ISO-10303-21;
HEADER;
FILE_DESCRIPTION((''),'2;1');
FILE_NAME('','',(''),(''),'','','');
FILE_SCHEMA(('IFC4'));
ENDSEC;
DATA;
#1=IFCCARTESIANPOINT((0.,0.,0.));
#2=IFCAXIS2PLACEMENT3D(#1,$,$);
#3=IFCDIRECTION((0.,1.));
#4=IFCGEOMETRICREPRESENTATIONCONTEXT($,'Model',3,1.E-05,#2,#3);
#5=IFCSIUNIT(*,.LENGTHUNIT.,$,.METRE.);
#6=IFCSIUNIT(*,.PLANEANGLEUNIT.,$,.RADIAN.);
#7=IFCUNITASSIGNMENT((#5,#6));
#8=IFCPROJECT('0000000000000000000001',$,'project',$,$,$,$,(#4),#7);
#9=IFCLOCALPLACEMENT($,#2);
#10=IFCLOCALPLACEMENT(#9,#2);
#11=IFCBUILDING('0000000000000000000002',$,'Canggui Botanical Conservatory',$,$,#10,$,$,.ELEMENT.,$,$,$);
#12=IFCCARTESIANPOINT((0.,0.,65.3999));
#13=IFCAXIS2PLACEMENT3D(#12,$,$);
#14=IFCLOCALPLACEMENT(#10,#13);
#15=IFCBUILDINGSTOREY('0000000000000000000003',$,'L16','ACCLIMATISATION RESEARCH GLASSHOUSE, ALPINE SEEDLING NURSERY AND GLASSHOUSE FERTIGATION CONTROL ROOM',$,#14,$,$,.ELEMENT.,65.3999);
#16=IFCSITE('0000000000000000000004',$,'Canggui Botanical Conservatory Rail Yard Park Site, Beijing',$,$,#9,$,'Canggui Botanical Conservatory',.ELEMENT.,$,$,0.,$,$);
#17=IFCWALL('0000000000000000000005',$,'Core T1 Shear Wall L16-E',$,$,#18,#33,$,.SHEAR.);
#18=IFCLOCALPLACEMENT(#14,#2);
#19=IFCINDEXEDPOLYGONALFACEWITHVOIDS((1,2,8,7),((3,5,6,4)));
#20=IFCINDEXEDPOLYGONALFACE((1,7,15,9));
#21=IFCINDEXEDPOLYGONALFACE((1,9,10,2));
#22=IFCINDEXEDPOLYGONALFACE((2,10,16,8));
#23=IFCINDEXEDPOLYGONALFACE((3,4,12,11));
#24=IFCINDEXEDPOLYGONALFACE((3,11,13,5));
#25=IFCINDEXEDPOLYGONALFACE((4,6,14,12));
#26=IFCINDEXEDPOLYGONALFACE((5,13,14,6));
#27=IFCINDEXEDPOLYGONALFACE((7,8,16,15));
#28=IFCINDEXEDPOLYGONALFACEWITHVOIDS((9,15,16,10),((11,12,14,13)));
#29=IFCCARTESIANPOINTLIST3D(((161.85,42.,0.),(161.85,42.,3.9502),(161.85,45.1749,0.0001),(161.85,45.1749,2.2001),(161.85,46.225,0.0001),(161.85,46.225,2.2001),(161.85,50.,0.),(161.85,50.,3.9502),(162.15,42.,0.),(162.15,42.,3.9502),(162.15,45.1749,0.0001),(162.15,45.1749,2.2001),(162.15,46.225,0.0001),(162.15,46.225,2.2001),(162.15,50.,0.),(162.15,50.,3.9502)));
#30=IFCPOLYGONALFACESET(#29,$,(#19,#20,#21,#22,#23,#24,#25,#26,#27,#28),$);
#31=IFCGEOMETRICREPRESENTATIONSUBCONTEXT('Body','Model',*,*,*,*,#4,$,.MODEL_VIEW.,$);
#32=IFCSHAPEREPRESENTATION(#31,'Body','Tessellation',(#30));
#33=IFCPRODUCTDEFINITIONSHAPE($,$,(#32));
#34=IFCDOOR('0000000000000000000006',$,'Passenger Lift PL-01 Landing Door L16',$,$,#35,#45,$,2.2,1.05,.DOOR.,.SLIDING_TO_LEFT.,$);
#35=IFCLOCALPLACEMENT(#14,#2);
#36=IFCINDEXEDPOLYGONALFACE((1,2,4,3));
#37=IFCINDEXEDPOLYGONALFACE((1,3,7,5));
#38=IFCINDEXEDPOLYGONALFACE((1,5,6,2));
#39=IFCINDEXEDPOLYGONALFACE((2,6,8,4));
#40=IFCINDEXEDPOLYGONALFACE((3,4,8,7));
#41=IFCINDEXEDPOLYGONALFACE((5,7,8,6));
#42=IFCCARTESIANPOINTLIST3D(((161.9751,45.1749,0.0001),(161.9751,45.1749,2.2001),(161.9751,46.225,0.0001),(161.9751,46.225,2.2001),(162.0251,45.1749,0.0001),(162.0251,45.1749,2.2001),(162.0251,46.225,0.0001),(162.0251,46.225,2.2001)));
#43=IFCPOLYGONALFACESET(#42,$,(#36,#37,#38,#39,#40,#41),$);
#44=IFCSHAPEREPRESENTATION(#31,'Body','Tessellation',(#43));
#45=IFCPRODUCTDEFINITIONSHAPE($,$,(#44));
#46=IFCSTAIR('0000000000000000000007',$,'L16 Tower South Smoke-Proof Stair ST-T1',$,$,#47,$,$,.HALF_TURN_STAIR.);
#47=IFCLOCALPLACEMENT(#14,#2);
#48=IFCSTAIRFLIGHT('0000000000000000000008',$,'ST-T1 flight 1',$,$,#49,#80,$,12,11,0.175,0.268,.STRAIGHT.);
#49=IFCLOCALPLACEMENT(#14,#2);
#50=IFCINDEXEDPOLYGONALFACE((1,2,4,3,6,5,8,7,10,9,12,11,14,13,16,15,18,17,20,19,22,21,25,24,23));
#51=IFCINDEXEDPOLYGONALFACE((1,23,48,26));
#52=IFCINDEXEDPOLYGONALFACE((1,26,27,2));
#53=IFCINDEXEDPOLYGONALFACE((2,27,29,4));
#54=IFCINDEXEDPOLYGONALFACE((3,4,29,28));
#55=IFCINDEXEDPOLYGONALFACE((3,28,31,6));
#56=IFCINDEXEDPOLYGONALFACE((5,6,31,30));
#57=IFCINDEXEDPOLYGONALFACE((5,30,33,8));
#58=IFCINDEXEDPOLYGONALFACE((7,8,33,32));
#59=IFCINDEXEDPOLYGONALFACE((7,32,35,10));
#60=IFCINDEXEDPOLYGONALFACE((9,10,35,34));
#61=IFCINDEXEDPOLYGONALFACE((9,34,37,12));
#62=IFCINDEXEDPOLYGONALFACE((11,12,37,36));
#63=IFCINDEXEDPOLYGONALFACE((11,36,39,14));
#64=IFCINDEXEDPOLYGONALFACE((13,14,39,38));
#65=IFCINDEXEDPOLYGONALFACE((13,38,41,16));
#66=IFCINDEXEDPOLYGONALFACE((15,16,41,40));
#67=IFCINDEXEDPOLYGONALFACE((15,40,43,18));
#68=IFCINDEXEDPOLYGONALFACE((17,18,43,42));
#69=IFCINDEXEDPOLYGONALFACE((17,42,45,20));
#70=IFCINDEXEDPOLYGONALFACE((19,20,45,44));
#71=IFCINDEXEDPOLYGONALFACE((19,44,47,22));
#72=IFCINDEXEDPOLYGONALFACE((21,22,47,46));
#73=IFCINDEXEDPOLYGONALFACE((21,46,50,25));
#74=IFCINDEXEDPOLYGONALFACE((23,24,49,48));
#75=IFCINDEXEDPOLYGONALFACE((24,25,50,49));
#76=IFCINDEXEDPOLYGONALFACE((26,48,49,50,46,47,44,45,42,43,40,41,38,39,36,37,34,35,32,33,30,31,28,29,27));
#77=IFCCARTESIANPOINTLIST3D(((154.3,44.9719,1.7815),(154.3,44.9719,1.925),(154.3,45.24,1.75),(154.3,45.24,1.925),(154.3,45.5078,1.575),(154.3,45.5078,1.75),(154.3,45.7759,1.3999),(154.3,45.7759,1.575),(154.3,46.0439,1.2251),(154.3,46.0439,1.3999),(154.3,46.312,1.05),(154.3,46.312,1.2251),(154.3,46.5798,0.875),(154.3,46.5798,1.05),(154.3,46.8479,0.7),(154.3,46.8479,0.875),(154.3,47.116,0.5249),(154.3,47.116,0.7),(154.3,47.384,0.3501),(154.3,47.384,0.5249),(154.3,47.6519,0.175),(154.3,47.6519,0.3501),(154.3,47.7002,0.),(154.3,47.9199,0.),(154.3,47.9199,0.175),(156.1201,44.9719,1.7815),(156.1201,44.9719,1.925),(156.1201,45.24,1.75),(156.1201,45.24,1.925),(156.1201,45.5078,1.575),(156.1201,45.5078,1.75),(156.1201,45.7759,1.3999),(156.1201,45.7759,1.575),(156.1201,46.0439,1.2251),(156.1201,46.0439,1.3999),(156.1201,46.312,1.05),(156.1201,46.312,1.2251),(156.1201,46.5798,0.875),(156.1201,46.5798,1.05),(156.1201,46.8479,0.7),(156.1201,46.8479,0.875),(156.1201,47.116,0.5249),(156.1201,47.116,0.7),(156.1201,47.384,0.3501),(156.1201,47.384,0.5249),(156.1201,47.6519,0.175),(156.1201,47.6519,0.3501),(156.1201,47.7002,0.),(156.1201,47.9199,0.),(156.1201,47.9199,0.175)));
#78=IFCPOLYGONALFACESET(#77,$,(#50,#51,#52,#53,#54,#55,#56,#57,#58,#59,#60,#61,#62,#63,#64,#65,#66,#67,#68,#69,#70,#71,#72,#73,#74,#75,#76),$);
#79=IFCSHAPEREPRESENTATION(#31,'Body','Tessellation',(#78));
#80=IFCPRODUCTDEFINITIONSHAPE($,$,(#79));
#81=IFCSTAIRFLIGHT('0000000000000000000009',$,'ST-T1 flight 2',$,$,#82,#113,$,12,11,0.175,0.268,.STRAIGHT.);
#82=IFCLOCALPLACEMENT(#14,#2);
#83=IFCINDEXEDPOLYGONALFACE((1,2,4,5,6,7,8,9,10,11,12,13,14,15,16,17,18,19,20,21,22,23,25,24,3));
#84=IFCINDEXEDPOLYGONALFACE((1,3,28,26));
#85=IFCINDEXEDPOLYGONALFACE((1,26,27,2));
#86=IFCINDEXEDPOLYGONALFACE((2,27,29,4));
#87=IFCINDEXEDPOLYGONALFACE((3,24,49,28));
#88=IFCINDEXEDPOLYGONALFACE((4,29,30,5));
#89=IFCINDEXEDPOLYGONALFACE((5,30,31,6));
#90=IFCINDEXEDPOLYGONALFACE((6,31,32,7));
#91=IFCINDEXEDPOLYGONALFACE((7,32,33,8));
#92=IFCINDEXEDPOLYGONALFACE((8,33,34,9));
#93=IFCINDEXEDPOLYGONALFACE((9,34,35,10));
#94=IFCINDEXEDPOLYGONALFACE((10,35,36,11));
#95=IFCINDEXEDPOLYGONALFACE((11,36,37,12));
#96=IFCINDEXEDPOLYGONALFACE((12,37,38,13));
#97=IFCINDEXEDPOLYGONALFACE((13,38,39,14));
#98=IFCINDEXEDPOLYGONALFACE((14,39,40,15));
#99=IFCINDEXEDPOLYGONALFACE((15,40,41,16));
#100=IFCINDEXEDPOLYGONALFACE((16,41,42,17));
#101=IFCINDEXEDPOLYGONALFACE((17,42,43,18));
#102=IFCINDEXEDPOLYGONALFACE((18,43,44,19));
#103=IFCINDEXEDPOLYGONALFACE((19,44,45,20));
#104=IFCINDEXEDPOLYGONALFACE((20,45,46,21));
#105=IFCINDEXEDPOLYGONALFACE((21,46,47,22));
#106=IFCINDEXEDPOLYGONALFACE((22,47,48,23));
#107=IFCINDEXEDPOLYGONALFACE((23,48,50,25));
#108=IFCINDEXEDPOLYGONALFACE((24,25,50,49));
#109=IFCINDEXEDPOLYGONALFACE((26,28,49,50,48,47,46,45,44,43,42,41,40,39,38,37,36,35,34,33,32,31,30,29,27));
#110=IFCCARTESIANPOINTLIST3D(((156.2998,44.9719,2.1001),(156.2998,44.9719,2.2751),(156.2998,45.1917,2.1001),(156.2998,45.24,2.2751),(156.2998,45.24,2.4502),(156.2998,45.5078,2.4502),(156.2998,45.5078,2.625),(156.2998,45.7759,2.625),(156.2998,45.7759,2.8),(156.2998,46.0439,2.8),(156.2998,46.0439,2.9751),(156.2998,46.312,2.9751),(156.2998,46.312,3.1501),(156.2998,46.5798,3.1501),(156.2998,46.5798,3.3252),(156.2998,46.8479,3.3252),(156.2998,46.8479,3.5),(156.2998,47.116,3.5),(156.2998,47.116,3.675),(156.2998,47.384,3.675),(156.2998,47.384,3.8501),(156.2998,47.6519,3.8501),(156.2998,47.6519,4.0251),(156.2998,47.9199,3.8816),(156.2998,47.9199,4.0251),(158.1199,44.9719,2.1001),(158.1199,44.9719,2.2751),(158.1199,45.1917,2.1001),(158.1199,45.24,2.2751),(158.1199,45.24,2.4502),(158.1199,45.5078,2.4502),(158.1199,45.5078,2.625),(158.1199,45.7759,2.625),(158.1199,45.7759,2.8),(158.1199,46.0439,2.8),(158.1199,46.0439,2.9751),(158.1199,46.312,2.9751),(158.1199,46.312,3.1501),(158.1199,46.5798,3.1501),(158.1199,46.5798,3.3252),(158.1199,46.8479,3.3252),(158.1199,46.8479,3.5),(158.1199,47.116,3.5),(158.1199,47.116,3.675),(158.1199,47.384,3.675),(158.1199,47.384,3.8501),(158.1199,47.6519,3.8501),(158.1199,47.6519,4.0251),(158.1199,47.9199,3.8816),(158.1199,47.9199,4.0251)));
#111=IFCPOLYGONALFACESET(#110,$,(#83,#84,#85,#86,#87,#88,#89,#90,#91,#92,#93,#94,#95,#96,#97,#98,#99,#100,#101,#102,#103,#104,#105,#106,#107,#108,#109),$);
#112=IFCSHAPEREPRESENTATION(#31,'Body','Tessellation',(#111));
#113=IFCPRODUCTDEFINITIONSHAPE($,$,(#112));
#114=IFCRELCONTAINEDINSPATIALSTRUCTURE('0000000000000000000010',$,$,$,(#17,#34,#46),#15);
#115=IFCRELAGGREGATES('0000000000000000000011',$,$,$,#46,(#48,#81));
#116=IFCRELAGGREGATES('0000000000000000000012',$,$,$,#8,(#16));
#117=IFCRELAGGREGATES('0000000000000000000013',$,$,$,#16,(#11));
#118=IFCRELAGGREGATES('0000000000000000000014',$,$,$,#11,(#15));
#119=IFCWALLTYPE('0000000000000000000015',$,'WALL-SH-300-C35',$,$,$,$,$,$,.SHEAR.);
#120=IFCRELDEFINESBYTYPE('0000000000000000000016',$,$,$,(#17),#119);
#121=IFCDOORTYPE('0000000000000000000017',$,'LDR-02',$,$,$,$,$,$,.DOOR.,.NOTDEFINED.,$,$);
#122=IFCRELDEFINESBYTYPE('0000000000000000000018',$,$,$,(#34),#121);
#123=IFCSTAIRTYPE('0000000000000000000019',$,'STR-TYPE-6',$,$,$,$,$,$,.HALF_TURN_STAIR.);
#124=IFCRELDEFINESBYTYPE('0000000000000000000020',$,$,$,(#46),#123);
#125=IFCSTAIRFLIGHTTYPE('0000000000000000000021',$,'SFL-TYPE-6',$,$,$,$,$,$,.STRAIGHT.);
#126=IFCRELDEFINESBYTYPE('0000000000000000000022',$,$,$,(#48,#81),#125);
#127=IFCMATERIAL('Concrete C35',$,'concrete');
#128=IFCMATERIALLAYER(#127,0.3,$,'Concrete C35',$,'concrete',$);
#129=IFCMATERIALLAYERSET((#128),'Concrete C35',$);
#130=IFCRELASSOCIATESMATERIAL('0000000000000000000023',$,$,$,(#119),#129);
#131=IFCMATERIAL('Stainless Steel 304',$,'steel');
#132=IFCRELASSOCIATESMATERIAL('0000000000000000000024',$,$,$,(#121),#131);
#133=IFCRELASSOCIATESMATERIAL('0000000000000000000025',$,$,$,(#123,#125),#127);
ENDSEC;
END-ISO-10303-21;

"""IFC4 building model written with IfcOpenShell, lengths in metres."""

from ifc_helpers import new_model, si_unit, direction, frame, frame_2d, origin, place, context, subcontext, project, spatial, polyline, rectangle, outline, extrude, material, layer, layer_set, type_object, element, fill, aggregate, save


model = new_model("IFC4")

# Units and contexts
model_context = context("Model", 3, precision=1e-05, world=origin(), true_north=direction((0.0, 1.0)))
body_context = subcontext(model_context, "Body", "Model", "MODEL_VIEW")
ifc_project = project(units=[si_unit("LENGTHUNIT", "METRE"), si_unit("PLANEANGLEUNIT", "RADIAN")], contexts=[model_context])

# Site, building, storey
site_placement = place(None, origin())
site = spatial("IfcSite", under=ifc_project, at=site_placement, Name="Canggui Botanical Conservatory Rail Yard Park Site, Beijing", LongName="Canggui Botanical Conservatory", CompositionType="ELEMENT", RefElevation=0.0)
building_placement = place(site_placement, origin())
building = spatial("IfcBuilding", under=site, at=building_placement, Name="Canggui Botanical Conservatory", CompositionType="ELEMENT")
storey_placement = place(building_placement, frame((0.0, 0.0, 65.3999)))
storey = spatial("IfcBuildingStorey", under=building, at=storey_placement, Name="L16", Description="ACCLIMATISATION RESEARCH GLASSHOUSE, ALPINE SEEDLING NURSERY AND GLASSHOUSE FERTIGATION CONTROL ROOM", CompositionType="ELEMENT", Elevation=65.3999)

# Shared definitions
ifc_material_1 = material(Name="Concrete C35", Category="concrete")

# Wall, opening, door
ifc_layer_1 = layer(ifc_material_1, 0.3, Name="Concrete C35", Category="concrete")
ifc_layer_set_1 = layer_set([ifc_layer_1], Name="Concrete C35")
wall_type_1 = type_object("IfcWallType", Name="WALL-SH-300-C35", PredefinedType="SHEAR", material=ifc_layer_set_1)
wall_1_placement = place(storey_placement, frame((162.0, 42.0, 0.0), z_axis=(0.0, 0.0, 1.0), x_axis=(0.0, 1.0, 0.0)))
wall_1 = element("IfcWall", 1, at=wall_1_placement, inside=storey, type_object=wall_type_1, Name="Core T1 Shear Wall L16-E", PredefinedType="SHEAR", context=body_context, shape_type="SweptSolid", body=[
    extrude(rectangle(XDim=8.0, YDim=0.3, at=frame_2d((4.0, 0.0))), origin(), (0.0, 0.0, 1.0), 3.9502),
])
opening_1_placement = place(wall_1_placement, frame((3.175, 0.0, 0.0)))
opening_1 = element("IfcOpeningElement", 2, at=opening_1_placement, cuts=wall_1, PredefinedType="OPENING", context=body_context, shape_type="SweptSolid", body=[
    extrude(rectangle(XDim=1.05, YDim=2.2, at=frame_2d((0.5249, 1.1001))), frame((0.0, 0.1602, 0.0), z_axis=(0.0, -1.0, 0.0), x_axis=(1.0, 0.0, 0.0)), (0.0, 0.0, 1.0), 0.3201),
])
ifc_material_2 = material(Name="Stainless Steel 304", Category="steel")
door_type_1 = type_object("IfcDoorType", Name="LDR-02", OperationType="NOTDEFINED", PredefinedType="DOOR", material=ifc_material_2)
door_1_placement = place(opening_1_placement, origin())
door_1 = element("IfcDoor", 3, at=door_1_placement, inside=storey, type_object=door_type_1, Name="Passenger Lift PL-01 Landing Door L16", OperationType="SLIDING_TO_LEFT", OverallHeight=2.2, OverallWidth=1.05, PredefinedType="DOOR", context=body_context, shape_type="SweptSolid", body=[
    extrude(rectangle(XDim=1.05, YDim=2.2, at=frame_2d((0.5249, 1.1001))), frame((0.0, 0.0249, 0.0), z_axis=(0.0, -1.0, 0.0), x_axis=(1.0, 0.0, 0.0)), (0.0, 0.0, 1.0), 0.05),
])
fill(opening_1, door_1)

# Stair, stair flights
stair_type = type_object("IfcStairType", Name="STR-TYPE-6", PredefinedType="HALF_TURN_STAIR", material=ifc_material_1)
stair_placement = place(storey_placement, origin())
stair = element("IfcStair", 4, at=stair_placement, inside=storey, type_object=stair_type, Name="L16 Tower South Smoke-Proof Stair ST-T1", PredefinedType="HALF_TURN_STAIR")
stair_flight_type = type_object("IfcStairFlightType", Name="SFL-TYPE-6", PredefinedType="STRAIGHT", material=ifc_material_1)
stair_flight_1_placement = place(storey_placement, frame((155.21, 47.9199, 0.0), z_axis=(0.0, 0.0, 1.0), x_axis=(0.0, -1.0, 0.0)))
stair_flight_1 = element("IfcStairFlight", 5, at=stair_flight_1_placement, type_object=stair_flight_type, Name="ST-T1 flight 1", NumberOfRisers=12, NumberOfTreads=11, PredefinedType="STRAIGHT", RiserHeight=0.175, TreadLength=0.268, context=body_context, shape_type="SweptSolid", body=[
    extrude(outline(polyline([(0.0, 0.0), (0.0, 0.175), (0.2681, 0.175), (0.2681, 0.3501), (0.5359, 0.3501), (0.5359, 0.5249), (0.804, 0.5249), (0.804, 0.7), (1.072, 0.7), (1.072, 0.875), (1.3401, 0.875), (1.3401, 1.05), (1.6079, 1.05), (1.6079, 1.2251), (1.876, 1.2251), (1.876, 1.3999), (2.144, 1.3999), (2.144, 1.575), (2.4121, 1.575), (2.4121, 1.75), (2.6799, 1.75), (2.6799, 1.925), (2.948, 1.925), (2.948, 2.1001), (2.948, 1.7815), (0.2197, 0.0), (0.0, 0.0)])), frame((0.0, 0.9102, 0.0), z_axis=(0.0, -1.0, 0.0), x_axis=(1.0, 0.0, 0.0)), (0.0, 0.0, 1.0), 1.8201),
])
stair_flight_2_placement = place(storey_placement, frame((157.21, 44.9719, 2.1001), z_axis=(0.0, 0.0, 1.0), x_axis=(0.0, 1.0, 0.0)))
stair_flight_2 = element("IfcStairFlight", 6, at=stair_flight_2_placement, type_object=stair_flight_type, Name="ST-T1 flight 2", NumberOfRisers=12, NumberOfTreads=11, PredefinedType="STRAIGHT", RiserHeight=0.175, TreadLength=0.268, context=body_context, shape_type="SweptSolid", body=[
    extrude(outline(polyline([(0.0, 0.0), (0.0, 0.175), (0.2681, 0.175), (0.2681, 0.3501), (0.5359, 0.3501), (0.5359, 0.5249), (0.804, 0.5249), (0.804, 0.7), (1.072, 0.7), (1.072, 0.875), (1.3401, 0.875), (1.3401, 1.05), (1.6079, 1.05), (1.6079, 1.2251), (1.876, 1.2251), (1.876, 1.3999), (2.144, 1.3999), (2.144, 1.575), (2.4121, 1.575), (2.4121, 1.75), (2.6799, 1.75), (2.6799, 1.925), (2.948, 1.925), (2.948, 2.1001), (2.948, 1.7815), (0.2197, 0.0), (0.0, 0.0)])), frame((0.0, 0.9102, 0.0), z_axis=(0.0, -1.0, 0.0), x_axis=(1.0, 0.0, 0.0)), (0.0, 0.0, 1.0), 1.8201),
])
aggregate(stair, [stair_flight_1, stair_flight_2])

save(model, "model.ifc")
